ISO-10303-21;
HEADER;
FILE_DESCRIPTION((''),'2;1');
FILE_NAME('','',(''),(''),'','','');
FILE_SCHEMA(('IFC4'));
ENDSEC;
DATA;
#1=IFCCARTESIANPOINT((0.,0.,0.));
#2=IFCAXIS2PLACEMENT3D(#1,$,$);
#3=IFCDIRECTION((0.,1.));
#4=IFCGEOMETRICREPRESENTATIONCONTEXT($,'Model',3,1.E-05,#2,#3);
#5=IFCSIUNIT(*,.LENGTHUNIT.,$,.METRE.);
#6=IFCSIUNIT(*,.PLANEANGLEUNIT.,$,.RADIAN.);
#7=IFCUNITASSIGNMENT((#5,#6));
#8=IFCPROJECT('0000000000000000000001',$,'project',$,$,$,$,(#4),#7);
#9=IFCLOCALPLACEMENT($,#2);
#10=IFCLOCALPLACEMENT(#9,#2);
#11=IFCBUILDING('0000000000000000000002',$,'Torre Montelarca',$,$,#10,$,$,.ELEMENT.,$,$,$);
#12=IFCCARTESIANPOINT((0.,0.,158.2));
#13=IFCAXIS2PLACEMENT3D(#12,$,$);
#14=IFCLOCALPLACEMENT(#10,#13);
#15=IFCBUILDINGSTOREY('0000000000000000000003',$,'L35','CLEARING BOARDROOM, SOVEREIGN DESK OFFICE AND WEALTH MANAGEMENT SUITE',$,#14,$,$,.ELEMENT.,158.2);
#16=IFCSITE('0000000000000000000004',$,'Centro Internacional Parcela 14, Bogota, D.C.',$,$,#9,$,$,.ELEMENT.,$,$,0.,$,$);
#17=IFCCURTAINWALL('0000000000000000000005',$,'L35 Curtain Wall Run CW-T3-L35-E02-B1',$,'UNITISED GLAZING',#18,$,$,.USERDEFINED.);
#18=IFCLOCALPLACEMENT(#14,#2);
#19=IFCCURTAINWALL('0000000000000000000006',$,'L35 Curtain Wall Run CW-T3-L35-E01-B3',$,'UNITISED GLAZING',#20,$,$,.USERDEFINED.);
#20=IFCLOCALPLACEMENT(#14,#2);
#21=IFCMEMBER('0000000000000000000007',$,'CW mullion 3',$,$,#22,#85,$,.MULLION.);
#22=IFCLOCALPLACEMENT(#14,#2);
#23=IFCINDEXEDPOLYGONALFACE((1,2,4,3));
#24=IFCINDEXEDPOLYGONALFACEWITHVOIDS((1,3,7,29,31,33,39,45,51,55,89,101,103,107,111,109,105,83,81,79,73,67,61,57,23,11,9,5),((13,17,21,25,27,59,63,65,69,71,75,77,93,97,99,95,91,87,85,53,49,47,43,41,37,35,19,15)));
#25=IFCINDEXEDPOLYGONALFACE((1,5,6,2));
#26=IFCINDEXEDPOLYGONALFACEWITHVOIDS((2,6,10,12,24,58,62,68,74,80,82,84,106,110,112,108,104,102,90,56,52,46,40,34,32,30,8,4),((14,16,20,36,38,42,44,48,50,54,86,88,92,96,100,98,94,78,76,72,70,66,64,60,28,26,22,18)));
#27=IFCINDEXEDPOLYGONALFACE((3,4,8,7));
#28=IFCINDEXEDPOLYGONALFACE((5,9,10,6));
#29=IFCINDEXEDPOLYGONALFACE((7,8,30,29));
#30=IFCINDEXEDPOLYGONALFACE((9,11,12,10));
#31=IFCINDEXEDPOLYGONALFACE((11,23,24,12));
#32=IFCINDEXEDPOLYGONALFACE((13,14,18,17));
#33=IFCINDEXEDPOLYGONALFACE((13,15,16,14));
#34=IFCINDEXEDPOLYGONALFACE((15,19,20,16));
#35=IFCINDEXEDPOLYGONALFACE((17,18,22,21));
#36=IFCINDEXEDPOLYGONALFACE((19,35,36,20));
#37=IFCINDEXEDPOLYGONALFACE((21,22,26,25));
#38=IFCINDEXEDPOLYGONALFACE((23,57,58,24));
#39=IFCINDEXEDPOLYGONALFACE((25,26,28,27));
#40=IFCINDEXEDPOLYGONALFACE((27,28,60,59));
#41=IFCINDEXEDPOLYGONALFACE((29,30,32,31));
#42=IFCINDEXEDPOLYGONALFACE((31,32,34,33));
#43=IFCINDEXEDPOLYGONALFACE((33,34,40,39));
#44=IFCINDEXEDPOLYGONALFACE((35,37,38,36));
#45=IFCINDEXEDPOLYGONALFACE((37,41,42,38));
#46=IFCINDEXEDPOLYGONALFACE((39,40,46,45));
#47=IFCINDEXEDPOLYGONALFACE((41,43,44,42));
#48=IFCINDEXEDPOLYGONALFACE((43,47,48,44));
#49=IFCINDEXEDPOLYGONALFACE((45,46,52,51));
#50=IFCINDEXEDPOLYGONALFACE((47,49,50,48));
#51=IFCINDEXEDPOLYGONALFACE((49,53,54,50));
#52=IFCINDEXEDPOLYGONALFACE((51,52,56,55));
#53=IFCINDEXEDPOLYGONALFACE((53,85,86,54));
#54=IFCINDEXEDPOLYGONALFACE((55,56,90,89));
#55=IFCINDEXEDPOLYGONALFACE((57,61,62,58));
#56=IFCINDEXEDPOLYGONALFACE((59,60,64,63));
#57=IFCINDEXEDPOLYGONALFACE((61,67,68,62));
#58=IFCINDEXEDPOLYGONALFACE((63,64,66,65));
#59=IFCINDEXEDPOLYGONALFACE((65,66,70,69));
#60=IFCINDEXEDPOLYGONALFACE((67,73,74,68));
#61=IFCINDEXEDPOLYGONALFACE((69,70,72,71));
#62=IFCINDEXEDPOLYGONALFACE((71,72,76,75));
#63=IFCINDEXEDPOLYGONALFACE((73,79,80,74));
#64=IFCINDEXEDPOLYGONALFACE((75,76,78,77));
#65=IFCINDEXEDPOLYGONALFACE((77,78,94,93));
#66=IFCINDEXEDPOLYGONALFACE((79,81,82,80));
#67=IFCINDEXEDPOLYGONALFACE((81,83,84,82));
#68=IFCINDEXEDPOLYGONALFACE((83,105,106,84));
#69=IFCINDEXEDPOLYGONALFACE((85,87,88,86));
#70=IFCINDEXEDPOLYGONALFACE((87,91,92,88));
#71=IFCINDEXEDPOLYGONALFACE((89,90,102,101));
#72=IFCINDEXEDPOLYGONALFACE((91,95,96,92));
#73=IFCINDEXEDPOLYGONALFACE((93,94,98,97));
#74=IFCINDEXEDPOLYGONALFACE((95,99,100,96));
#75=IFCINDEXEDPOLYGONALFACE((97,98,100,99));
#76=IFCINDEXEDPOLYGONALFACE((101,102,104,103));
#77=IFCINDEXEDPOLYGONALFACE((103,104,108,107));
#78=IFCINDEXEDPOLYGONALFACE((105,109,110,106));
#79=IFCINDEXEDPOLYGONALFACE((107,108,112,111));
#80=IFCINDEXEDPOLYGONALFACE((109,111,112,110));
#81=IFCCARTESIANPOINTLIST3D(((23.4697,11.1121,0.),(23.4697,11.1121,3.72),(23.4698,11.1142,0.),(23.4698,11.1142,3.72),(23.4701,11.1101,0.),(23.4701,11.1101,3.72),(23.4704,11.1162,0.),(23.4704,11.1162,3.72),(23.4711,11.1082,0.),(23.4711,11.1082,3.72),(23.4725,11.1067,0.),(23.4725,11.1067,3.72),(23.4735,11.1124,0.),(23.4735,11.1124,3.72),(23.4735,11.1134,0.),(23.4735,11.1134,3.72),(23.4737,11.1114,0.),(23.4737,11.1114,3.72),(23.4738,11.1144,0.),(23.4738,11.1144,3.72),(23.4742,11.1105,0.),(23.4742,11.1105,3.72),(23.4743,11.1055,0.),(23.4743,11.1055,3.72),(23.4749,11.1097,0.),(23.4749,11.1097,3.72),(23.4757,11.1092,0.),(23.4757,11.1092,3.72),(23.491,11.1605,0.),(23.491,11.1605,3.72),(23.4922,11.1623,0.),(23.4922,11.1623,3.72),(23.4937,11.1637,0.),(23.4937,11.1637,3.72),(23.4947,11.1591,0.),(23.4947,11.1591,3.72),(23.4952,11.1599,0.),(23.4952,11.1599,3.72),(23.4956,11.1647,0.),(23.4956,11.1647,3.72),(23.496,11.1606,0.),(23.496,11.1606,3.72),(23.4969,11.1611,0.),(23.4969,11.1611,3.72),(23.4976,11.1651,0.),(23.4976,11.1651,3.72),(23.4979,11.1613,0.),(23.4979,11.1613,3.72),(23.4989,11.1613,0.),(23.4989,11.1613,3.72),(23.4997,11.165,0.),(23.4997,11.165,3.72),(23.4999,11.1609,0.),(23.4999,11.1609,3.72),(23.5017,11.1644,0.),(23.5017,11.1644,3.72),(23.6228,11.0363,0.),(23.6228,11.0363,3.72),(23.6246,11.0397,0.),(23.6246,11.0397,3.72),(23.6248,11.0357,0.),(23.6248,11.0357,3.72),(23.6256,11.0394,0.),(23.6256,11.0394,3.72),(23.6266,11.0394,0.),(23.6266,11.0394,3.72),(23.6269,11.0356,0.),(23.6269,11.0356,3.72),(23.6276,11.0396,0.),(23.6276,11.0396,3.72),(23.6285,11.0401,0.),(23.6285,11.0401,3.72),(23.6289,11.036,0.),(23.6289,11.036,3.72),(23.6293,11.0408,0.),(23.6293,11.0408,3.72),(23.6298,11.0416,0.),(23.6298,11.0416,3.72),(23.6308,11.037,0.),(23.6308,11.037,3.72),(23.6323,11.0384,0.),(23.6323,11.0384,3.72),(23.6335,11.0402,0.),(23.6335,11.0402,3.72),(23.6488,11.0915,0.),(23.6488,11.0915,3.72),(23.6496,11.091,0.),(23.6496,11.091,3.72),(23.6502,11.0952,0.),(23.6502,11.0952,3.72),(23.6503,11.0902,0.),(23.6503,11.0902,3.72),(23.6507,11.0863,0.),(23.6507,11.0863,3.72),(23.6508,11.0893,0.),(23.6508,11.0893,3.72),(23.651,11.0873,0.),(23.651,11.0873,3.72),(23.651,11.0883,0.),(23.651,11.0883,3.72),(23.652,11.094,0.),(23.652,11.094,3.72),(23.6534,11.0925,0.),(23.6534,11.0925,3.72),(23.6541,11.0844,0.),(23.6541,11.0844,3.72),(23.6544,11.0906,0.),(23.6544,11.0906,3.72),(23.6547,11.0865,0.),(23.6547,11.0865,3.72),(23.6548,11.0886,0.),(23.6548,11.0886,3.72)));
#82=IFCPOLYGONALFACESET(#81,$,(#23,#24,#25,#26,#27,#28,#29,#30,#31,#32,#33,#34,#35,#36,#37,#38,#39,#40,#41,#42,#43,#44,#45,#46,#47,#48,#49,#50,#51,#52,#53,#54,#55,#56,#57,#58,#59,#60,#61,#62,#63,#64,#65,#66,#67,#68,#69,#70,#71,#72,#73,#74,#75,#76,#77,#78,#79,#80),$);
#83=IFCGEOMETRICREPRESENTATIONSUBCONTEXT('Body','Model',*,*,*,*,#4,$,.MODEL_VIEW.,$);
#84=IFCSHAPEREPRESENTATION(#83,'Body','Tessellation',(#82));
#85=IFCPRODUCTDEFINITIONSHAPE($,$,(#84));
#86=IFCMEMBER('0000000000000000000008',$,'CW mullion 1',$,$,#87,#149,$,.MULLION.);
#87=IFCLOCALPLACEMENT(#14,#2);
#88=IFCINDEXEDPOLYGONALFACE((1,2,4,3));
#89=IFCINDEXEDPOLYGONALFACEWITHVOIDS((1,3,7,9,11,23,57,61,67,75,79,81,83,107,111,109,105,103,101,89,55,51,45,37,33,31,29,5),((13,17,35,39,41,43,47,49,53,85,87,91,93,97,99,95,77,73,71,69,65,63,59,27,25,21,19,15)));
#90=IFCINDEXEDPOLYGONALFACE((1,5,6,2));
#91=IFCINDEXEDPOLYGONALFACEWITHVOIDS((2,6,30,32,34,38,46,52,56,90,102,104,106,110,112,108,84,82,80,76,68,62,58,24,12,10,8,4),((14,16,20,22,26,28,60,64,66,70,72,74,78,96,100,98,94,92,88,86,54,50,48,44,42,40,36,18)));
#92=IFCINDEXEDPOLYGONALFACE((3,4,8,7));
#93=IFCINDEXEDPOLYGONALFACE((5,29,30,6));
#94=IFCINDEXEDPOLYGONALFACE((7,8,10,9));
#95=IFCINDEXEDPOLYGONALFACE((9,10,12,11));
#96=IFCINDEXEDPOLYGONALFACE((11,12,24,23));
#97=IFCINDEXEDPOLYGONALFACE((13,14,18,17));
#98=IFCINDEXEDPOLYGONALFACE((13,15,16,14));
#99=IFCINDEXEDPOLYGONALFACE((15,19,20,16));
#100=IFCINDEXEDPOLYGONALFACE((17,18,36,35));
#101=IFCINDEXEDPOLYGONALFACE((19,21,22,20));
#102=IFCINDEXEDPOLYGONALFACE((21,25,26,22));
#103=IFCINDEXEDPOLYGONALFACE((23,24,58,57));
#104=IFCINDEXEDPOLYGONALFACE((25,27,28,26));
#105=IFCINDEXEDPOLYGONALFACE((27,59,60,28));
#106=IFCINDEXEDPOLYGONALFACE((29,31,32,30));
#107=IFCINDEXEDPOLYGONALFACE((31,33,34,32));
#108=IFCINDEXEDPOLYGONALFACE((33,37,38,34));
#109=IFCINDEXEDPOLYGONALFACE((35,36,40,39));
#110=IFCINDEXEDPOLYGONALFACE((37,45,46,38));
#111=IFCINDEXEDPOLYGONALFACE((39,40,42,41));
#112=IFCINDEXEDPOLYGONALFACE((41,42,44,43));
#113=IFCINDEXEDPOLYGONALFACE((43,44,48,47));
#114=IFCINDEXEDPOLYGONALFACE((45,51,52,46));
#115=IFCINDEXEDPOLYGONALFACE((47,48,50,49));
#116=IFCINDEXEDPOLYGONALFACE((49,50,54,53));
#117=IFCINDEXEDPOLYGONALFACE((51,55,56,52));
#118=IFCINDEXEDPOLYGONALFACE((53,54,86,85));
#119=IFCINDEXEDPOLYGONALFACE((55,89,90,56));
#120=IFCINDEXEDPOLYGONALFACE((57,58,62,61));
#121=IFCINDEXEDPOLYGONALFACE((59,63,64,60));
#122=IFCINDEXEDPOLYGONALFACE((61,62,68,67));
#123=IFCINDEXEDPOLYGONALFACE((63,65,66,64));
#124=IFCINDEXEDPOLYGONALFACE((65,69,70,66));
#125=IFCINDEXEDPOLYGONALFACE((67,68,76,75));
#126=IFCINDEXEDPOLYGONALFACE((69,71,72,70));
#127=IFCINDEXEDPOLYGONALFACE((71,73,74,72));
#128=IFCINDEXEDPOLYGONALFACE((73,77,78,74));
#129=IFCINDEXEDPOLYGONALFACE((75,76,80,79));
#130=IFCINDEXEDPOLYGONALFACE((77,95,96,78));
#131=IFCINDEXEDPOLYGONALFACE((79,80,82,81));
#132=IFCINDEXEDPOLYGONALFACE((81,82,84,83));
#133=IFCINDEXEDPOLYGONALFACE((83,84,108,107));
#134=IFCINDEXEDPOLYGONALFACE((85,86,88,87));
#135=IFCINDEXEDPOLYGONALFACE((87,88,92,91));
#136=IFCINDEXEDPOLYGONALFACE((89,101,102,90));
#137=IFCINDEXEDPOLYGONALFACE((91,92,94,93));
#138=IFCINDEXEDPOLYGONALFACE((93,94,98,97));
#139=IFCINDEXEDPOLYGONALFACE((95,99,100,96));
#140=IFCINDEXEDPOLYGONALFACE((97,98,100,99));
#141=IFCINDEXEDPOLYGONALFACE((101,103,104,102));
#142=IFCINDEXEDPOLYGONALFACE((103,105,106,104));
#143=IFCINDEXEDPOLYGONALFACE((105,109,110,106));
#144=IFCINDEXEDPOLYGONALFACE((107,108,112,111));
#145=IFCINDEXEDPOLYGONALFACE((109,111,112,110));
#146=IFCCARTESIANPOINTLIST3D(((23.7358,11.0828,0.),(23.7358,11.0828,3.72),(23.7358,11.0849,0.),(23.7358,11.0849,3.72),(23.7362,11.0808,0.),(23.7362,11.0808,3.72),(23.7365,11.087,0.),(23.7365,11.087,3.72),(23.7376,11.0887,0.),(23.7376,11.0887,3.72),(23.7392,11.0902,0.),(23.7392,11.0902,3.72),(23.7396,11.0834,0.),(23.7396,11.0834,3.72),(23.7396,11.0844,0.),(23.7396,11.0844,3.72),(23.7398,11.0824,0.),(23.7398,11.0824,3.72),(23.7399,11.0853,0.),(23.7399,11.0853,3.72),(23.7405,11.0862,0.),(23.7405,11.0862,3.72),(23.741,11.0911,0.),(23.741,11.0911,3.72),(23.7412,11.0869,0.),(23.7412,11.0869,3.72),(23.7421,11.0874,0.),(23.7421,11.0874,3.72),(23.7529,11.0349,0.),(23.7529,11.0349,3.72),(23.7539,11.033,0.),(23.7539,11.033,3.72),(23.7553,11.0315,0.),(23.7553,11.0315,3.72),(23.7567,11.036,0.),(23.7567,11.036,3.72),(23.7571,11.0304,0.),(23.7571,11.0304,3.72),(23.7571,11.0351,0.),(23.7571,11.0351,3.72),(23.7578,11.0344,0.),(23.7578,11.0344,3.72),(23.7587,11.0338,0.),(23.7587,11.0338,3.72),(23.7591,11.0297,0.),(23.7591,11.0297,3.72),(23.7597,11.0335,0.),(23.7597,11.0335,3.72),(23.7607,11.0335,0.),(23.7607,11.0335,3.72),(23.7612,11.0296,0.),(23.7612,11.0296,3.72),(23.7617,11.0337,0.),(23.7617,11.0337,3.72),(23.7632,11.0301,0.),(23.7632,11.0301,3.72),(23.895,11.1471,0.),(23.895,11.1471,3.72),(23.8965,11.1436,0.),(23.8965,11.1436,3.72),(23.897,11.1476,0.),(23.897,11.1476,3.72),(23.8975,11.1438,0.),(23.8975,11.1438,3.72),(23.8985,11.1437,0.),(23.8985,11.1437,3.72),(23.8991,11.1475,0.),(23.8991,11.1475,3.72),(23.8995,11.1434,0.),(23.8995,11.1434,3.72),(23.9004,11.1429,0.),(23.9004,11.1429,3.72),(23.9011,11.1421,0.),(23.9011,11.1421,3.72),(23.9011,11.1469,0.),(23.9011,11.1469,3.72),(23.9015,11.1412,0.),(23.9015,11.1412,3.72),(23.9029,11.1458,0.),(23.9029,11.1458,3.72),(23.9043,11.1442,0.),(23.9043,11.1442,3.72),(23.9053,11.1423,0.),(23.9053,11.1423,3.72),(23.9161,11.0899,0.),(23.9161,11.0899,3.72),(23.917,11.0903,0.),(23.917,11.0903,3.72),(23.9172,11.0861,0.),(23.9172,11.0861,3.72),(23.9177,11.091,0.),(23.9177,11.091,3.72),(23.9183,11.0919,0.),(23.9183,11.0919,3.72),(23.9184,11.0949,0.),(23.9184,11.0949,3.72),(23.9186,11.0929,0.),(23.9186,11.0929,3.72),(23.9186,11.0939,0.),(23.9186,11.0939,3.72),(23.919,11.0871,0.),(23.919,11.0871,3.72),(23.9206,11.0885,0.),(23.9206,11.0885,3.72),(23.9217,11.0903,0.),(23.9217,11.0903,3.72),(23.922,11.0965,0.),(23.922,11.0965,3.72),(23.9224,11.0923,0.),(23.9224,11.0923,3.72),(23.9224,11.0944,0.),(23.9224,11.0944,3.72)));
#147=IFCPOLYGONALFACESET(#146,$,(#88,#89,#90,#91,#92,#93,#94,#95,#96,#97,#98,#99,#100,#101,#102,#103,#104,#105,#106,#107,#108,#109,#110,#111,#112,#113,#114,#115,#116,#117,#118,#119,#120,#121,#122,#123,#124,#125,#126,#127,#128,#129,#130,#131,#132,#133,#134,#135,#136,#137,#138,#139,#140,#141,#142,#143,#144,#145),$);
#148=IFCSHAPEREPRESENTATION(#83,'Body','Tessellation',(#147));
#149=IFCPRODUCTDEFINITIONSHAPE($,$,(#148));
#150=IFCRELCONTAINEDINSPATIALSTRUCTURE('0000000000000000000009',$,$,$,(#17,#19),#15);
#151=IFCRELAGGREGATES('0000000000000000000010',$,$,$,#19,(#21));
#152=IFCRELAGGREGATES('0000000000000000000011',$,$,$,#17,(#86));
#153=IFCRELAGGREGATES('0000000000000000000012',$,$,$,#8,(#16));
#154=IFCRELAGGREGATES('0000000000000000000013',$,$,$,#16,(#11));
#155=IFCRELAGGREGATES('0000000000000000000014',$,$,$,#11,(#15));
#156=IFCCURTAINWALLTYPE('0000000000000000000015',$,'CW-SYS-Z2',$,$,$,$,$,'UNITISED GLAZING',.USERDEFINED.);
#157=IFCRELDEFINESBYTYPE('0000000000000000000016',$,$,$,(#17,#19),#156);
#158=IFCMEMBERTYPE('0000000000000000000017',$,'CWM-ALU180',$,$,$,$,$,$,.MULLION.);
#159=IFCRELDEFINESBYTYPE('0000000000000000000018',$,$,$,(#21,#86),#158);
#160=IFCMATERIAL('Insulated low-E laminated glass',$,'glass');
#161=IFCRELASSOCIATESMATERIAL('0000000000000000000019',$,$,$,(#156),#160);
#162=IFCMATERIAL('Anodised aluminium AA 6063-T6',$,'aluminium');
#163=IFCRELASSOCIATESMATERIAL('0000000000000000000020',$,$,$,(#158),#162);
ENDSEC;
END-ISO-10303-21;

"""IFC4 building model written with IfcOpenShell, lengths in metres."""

from ifc_helpers import new_model, si_unit, direction, frame, origin, origin_2d, place, context, subcontext, project, spatial, hollow_rectangle, extrude, source, transform, mapped, material, material_profile, profile_set, type_object, element, aggregate, save


model = new_model("IFC4")

# Units and contexts
model_context = context("Model", 3, precision=1e-05, world=origin(), true_north=direction((0.0, 1.0)))
body_context = subcontext(model_context, "Body", "Model", "MODEL_VIEW")
ifc_project = project(units=[si_unit("LENGTHUNIT", "METRE"), si_unit("PLANEANGLEUNIT", "RADIAN")], contexts=[model_context])

# Site, building, storey
site_placement = place(None, origin())
site = spatial("IfcSite", under=ifc_project, at=site_placement, Name="Centro Internacional Parcela 14, Bogota, D.C.", CompositionType="ELEMENT", RefElevation=0.0)
building_placement = place(site_placement, origin())
building = spatial("IfcBuilding", under=site, at=building_placement, Name="Torre Montelarca", CompositionType="ELEMENT")
storey_placement = place(building_placement, frame((0.0, 0.0, 158.2)))
storey = spatial("IfcBuildingStorey", under=building, at=storey_placement, Name="L35", Description="CLEARING BOARDROOM, SOVEREIGN DESK OFFICE AND WEALTH MANAGEMENT SUITE", CompositionType="ELEMENT", Elevation=158.2)

# Curtain wall
ifc_material_1 = material(Name="Insulated low-E laminated glass", Category="glass")
curtain_wall_type = type_object("IfcCurtainWallType", Name="CW-SYS-Z2", ElementType="UNITISED GLAZING", PredefinedType="USERDEFINED", material=ifc_material_1)
curtain_wall_1_placement = place(storey_placement, origin())
curtain_wall_1 = element("IfcCurtainWall", 1, at=curtain_wall_1_placement, inside=storey, type_object=curtain_wall_type, Name="L35 Curtain Wall Run CW-T3-L35-E02-B1", ObjectType="UNITISED GLAZING", PredefinedType="USERDEFINED")
ifc_material_2 = material(Name="Anodised aluminium AA 6063-T6", Category="aluminium")

# Curtain wall, member
curtain_wall_2_placement = place(storey_placement, origin())
curtain_wall_2 = element("IfcCurtainWall", 2, at=curtain_wall_2_placement, inside=storey, type_object=curtain_wall_type, Name="L35 Curtain Wall Run CW-T3-L35-E01-B3", ObjectType="UNITISED GLAZING", PredefinedType="USERDEFINED")
ifc_material_profile_1 = material_profile(ifc_material_2, hollow_rectangle(XDim=0.0649, YDim=0.1799, WallThickness=0.0039, InnerFilletRadius=0.0039, OuterFilletRadius=0.0081, at=origin_2d()), Name="ALU65X180X4", Category="aluminium")
ifc_profile_set_1 = profile_set([ifc_material_profile_1], Name="Anodised aluminium AA 6063-T6")
member_type_1 = type_object("IfcMemberType", Name="CWM-ALU180", PredefinedType="MULLION", material=ifc_profile_set_1)
shared_shape_1 = source(origin(), body_context, "Body", "SweptSolid", [
    extrude(hollow_rectangle(XDim=0.0649, YDim=0.1799, WallThickness=0.0039, InnerFilletRadius=0.0039, OuterFilletRadius=0.0081, at=origin_2d()), origin(), (0.0, 0.0, 1.0), 3.72),
])
member_1_placement = place(storey_placement, frame((23.5623, 11.1003, 0.0), z_axis=(0.0, 0.0, 1.0), x_axis=(0.422612, 0.906311, 0.0)))
member_1 = element("IfcMember", 3, at=member_1_placement, type_object=member_type_1, Name="CW mullion 3", PredefinedType="MULLION", context=body_context, shape_type="MappedRepresentation", body=[
    mapped(shared_shape_1, transform((0.0, 0.0, 0.0), scale=1.0)),
])
aggregate(curtain_wall_2, [member_1])

# Member
member_2_placement = place(storey_placement, frame((23.8291, 11.0886, 0.0), z_axis=(0.0, 0.0, 1.0), x_axis=(-0.342018, 0.939693, 0.0)))
member_2 = element("IfcMember", 4, at=member_2_placement, type_object=member_type_1, Name="CW mullion 1", PredefinedType="MULLION", context=body_context, shape_type="MappedRepresentation", body=[
    mapped(shared_shape_1, transform((0.0, 0.0, 0.0), scale=1.0)),
])

aggregate(curtain_wall_1, [member_2])

save(model, "model.ifc")
